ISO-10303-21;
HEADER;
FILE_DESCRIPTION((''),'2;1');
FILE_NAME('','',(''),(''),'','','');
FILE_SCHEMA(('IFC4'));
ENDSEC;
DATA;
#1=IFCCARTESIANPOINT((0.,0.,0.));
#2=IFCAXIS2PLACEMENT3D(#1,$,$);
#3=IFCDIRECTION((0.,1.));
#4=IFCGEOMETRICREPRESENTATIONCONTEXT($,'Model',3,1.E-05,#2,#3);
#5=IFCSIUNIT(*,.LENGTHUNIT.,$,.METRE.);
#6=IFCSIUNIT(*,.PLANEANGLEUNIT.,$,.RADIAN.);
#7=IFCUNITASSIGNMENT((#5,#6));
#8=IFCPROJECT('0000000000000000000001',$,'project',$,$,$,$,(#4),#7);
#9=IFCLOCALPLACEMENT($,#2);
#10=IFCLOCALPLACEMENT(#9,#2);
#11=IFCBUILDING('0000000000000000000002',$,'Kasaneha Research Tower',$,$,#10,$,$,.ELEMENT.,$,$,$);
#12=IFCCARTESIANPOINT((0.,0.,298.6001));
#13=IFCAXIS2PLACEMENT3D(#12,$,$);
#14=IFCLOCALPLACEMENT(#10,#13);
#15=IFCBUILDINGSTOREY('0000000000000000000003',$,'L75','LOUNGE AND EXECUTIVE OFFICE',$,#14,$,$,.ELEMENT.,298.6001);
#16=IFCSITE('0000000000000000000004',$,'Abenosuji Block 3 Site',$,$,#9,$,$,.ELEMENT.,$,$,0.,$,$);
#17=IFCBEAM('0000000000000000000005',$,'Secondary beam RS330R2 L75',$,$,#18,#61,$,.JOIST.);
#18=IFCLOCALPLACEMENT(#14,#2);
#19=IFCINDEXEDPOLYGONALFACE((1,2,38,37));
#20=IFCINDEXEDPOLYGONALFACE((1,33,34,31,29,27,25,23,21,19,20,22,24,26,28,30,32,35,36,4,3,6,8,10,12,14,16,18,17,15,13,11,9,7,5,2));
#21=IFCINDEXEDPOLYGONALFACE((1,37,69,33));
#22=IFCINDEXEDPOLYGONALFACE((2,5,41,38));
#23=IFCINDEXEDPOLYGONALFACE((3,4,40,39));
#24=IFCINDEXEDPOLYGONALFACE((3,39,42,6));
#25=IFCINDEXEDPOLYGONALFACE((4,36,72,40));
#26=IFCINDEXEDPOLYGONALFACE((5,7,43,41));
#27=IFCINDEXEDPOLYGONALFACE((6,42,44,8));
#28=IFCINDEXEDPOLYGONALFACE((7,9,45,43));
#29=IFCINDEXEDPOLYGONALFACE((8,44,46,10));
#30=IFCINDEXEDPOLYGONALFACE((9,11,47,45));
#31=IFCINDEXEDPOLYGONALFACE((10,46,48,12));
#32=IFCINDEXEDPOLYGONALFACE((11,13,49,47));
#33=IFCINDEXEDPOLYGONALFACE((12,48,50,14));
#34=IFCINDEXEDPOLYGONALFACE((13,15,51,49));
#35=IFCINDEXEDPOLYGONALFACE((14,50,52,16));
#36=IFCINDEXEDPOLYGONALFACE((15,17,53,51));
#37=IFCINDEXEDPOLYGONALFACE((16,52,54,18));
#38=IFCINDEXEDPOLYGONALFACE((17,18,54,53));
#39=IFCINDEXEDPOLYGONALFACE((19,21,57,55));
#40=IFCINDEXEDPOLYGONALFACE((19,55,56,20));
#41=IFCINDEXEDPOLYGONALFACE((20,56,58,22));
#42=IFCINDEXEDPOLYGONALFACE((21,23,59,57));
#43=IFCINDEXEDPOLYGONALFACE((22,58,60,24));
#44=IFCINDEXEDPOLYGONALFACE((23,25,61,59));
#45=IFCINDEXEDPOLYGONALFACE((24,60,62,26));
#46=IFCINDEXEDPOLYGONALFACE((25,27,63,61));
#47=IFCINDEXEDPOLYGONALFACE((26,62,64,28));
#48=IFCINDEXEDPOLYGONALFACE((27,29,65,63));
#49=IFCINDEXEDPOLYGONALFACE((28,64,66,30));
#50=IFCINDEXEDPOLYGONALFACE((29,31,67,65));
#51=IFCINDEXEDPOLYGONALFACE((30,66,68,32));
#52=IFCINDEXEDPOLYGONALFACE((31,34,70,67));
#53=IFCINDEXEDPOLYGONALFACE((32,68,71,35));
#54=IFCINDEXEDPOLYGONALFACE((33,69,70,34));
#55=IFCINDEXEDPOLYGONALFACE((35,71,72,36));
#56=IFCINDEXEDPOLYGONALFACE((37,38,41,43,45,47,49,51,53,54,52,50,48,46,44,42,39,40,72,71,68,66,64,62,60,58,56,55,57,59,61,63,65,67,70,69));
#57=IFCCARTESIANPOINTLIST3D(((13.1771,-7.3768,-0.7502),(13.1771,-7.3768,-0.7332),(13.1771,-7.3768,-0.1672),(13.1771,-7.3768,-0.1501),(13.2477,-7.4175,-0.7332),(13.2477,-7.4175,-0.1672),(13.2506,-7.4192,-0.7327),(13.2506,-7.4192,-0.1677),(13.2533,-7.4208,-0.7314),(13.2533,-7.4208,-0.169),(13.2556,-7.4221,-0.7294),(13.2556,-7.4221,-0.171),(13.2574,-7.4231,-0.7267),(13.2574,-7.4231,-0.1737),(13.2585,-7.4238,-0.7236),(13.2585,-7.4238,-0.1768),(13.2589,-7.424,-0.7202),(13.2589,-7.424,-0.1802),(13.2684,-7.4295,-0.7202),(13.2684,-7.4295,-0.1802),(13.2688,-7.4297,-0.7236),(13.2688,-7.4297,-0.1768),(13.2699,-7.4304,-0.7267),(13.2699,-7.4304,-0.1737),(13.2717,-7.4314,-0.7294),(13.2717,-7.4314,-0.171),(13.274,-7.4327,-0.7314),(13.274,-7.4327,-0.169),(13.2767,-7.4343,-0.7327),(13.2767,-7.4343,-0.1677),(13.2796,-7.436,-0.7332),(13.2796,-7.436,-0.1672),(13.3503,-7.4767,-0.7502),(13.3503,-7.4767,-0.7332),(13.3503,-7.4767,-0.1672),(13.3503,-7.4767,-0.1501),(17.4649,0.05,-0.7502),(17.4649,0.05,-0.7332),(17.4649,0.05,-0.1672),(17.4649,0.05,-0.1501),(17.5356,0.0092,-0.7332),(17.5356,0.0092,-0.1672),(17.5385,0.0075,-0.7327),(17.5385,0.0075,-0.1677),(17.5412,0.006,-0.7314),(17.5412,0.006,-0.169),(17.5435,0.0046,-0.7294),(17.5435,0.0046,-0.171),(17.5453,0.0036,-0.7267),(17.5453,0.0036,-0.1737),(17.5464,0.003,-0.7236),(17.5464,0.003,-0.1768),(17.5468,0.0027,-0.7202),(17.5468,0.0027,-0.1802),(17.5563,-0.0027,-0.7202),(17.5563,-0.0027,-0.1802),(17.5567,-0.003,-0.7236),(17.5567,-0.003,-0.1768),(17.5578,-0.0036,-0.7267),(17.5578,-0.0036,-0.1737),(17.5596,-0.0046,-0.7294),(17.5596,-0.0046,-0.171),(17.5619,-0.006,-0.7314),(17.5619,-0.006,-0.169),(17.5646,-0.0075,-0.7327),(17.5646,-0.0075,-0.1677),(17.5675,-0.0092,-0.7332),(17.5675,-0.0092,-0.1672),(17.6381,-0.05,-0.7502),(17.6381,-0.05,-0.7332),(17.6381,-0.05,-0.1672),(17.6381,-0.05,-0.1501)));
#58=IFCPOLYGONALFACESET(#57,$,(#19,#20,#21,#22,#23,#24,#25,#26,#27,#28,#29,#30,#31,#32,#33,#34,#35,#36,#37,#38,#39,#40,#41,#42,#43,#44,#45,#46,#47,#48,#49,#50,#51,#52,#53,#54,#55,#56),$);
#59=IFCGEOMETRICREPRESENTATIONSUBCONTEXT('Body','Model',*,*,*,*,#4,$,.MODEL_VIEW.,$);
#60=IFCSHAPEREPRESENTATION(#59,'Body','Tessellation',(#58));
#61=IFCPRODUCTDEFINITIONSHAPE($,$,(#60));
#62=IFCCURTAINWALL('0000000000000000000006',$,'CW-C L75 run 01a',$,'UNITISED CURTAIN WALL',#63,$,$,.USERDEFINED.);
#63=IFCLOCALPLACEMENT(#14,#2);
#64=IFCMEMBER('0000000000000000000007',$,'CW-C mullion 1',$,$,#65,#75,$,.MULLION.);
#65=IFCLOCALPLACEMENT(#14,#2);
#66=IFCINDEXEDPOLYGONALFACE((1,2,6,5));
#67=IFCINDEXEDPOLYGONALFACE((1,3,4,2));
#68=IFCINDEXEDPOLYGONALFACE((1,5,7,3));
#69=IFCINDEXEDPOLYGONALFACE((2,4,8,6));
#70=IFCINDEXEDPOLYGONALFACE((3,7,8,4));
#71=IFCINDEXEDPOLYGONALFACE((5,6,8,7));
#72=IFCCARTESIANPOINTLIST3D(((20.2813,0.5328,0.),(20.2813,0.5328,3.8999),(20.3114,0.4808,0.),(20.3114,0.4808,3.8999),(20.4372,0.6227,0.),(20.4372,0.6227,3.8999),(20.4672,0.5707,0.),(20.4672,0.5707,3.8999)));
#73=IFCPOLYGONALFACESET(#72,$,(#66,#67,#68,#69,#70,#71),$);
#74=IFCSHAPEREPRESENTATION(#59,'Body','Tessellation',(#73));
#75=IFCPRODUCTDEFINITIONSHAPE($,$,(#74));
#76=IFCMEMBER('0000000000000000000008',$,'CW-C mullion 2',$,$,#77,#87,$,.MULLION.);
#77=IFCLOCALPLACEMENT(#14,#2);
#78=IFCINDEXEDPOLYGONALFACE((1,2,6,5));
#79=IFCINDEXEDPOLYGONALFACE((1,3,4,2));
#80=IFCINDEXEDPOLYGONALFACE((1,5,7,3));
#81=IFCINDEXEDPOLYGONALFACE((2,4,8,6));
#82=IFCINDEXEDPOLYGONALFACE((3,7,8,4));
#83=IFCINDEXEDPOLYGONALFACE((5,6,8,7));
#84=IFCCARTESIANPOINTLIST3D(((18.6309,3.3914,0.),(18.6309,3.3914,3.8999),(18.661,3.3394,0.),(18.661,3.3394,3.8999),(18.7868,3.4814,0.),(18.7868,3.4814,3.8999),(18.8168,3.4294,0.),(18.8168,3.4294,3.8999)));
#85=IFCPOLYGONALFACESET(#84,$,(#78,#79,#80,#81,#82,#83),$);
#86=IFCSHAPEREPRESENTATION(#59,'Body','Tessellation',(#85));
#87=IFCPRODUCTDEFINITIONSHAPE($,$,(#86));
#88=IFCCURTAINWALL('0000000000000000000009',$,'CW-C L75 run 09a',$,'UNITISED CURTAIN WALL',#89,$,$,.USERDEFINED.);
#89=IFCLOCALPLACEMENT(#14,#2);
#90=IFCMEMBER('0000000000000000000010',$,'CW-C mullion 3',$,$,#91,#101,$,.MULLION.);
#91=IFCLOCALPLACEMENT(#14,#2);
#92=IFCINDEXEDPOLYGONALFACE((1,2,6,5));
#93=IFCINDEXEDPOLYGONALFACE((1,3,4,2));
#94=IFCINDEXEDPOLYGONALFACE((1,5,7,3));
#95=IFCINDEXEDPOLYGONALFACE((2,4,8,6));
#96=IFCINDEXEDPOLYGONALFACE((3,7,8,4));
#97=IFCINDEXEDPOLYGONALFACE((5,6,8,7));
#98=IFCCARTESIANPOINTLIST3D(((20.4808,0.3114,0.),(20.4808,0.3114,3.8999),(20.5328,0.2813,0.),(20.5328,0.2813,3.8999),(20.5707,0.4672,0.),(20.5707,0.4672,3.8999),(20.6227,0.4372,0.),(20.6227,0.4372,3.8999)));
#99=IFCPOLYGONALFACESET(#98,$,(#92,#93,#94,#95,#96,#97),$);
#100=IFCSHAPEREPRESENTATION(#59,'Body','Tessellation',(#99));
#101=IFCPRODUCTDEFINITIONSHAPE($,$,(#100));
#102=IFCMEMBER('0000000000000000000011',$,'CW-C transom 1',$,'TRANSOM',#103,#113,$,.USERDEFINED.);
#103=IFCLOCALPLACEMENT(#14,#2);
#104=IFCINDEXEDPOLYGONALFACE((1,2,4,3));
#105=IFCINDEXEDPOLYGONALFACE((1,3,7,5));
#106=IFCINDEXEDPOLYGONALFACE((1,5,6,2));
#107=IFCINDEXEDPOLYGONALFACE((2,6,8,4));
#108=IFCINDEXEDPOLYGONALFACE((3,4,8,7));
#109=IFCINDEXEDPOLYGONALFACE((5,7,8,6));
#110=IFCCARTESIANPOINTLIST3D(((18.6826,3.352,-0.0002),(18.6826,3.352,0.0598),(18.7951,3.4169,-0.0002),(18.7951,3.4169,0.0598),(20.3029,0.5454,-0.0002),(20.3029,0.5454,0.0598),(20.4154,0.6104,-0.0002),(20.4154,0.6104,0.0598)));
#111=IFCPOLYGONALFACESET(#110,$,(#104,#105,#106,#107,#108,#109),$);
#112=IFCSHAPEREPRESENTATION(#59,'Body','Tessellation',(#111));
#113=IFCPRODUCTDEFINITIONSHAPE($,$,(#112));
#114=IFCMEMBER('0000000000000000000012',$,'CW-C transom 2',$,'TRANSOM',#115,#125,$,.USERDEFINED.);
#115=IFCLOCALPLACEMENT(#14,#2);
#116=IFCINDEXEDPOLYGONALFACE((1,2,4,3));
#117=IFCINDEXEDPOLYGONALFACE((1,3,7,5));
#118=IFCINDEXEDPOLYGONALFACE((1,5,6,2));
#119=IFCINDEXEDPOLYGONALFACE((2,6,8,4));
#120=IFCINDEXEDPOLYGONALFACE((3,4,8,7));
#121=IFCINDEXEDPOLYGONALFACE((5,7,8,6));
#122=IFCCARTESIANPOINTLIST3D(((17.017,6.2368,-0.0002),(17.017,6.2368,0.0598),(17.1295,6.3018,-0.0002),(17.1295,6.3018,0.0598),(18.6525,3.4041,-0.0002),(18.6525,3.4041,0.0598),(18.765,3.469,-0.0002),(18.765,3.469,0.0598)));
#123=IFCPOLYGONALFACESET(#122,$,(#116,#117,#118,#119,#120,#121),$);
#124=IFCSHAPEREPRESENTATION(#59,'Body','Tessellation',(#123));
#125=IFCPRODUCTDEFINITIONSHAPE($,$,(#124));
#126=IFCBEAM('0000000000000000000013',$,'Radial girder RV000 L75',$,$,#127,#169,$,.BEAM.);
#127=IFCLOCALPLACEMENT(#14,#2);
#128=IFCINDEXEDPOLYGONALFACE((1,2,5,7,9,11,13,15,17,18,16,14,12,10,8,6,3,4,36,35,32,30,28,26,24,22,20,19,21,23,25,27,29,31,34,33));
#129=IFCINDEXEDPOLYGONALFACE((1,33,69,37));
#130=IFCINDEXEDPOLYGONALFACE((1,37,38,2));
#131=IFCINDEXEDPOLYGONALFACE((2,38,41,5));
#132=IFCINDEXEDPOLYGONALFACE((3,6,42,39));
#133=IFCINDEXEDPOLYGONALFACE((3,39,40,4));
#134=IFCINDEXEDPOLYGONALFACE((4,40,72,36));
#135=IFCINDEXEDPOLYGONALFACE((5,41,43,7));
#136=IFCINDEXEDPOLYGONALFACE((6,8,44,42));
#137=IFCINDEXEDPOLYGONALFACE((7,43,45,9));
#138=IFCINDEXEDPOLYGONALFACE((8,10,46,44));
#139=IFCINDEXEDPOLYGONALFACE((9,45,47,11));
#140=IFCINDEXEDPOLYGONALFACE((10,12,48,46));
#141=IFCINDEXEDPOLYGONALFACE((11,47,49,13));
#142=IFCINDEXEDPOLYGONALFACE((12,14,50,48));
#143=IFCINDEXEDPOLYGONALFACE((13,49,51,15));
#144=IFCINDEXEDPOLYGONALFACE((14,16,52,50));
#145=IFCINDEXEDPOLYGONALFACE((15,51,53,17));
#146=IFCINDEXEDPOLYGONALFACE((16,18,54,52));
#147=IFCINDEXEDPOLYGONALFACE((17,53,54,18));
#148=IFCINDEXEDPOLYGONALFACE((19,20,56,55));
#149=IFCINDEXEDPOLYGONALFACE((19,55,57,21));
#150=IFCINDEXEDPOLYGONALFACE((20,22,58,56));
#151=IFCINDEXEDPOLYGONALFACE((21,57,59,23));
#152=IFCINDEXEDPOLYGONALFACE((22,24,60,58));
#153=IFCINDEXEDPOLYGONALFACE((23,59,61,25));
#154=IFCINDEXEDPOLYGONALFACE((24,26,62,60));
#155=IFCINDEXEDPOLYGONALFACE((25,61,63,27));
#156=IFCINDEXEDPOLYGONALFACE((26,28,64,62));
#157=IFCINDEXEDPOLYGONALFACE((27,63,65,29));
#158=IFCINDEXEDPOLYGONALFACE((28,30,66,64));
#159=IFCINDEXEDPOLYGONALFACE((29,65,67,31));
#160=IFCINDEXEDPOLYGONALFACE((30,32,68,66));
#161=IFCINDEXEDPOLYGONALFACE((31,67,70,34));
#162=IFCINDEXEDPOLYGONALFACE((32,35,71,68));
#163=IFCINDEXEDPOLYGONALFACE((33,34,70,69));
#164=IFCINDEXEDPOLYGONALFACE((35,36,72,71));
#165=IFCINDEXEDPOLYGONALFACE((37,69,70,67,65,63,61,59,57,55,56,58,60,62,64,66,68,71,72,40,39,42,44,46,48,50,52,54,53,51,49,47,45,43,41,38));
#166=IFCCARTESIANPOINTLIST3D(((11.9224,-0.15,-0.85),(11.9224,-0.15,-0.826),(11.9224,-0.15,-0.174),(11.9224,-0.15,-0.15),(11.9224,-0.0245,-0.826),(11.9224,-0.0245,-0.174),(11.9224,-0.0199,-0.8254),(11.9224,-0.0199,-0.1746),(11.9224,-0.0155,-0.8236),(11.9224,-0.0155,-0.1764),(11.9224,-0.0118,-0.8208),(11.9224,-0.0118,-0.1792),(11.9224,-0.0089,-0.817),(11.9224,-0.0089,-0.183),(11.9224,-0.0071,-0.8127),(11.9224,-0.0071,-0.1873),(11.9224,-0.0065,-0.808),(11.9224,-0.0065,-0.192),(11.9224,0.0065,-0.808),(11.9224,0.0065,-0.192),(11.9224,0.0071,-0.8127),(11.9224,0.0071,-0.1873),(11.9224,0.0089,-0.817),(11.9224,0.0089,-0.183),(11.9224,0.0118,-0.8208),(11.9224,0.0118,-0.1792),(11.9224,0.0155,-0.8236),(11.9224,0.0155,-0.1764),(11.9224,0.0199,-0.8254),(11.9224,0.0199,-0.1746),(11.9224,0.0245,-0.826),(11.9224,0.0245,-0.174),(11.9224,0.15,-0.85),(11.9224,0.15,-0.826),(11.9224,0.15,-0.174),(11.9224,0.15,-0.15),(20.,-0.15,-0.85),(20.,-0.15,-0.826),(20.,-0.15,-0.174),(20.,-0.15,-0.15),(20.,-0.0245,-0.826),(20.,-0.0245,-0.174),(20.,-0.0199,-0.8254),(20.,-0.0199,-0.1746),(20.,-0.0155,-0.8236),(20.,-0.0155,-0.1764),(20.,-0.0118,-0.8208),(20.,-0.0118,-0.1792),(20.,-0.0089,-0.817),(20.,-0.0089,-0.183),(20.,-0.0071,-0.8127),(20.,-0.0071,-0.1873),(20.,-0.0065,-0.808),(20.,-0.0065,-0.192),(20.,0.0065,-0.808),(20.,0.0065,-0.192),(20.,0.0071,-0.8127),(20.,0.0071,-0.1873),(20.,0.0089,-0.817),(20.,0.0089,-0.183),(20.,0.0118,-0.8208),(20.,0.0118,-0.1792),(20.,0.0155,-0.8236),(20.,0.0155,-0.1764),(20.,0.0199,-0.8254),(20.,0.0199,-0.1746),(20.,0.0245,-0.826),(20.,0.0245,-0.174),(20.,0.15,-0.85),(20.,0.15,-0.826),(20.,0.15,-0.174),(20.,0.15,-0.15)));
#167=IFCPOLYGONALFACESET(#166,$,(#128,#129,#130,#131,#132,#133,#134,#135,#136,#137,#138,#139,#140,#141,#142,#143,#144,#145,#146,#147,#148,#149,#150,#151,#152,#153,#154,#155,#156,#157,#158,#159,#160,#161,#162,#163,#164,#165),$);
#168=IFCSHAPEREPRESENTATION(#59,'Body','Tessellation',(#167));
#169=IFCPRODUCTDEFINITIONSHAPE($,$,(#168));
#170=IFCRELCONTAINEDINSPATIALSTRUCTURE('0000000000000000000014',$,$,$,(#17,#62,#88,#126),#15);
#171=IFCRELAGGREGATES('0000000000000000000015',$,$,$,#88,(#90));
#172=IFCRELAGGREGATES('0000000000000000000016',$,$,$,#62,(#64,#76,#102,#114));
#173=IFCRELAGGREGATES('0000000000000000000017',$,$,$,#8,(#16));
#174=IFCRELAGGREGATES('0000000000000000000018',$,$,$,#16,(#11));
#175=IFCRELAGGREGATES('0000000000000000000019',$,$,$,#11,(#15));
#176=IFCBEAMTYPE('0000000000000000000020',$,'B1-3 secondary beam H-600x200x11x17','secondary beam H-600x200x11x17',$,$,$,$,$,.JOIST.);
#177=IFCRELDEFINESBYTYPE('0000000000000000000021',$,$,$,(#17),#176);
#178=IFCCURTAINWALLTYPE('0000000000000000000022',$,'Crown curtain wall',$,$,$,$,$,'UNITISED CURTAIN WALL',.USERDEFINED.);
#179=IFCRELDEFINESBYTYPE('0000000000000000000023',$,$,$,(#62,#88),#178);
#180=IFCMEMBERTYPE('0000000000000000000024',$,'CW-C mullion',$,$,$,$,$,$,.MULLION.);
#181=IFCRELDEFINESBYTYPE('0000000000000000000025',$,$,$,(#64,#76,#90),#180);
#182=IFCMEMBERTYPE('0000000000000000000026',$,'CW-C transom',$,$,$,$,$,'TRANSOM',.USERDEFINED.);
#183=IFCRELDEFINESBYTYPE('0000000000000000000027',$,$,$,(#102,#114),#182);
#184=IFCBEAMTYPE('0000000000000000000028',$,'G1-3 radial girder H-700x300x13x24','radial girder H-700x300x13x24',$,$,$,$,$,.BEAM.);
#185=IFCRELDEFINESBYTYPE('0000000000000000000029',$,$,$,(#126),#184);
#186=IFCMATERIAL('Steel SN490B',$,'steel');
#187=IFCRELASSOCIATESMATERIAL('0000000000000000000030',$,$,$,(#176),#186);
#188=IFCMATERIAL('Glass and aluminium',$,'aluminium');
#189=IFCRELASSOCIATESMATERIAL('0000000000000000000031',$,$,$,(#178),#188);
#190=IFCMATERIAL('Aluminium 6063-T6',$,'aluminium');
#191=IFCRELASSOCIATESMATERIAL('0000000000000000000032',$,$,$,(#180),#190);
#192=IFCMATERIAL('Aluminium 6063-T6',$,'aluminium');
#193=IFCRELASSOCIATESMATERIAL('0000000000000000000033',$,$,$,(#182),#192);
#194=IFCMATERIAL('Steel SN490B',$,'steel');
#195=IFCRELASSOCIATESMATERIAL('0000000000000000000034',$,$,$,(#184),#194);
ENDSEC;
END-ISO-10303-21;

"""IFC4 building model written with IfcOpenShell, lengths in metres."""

from ifc_helpers import new_model, si_unit, direction, frame, origin, origin_2d, place, context, subcontext, project, spatial, rectangle, i_section, extrude, material, material_profile, profile_set, type_object, element, aggregate, save


model = new_model("IFC4")

# Units and contexts
model_context = context("Model", 3, precision=1e-05, world=origin(), true_north=direction((0.0, 1.0)))
body_context = subcontext(model_context, "Body", "Model", "MODEL_VIEW")
ifc_project = project(units=[si_unit("LENGTHUNIT", "METRE"), si_unit("PLANEANGLEUNIT", "RADIAN")], contexts=[model_context])

# Site, building, storey
site_placement = place(None, origin())
site = spatial("IfcSite", under=ifc_project, at=site_placement, Name="Abenosuji Block 3 Site", CompositionType="ELEMENT", RefElevation=0.0)
building_placement = place(site_placement, origin())
building = spatial("IfcBuilding", under=site, at=building_placement, Name="Kasaneha Research Tower", CompositionType="ELEMENT")
storey_placement = place(building_placement, frame((0.0, 0.0, 298.6001)))
storey = spatial("IfcBuildingStorey", under=building, at=storey_placement, Name="L75", Description="LOUNGE AND EXECUTIVE OFFICE", CompositionType="ELEMENT", Elevation=298.6001)

# Beam
ifc_material_1 = material(Name="Steel SN490B", Category="steel")
ifc_material_profile_1 = material_profile(ifc_material_1, i_section(OverallWidth=0.2, OverallDepth=0.6001, WebThickness=0.011, FlangeThickness=0.0171, FilletRadius=0.0129, at=origin_2d()), Name="H-600x200x11x17")
ifc_profile_set_1 = profile_set([ifc_material_profile_1], Name="Steel SN490B")
beam_type_1 = type_object("IfcBeamType", Name="B1-3 secondary beam H-600x200x11x17", Description="secondary beam H-600x200x11x17", PredefinedType="JOIST", material=ifc_profile_set_1)
beam_1_placement = place(storey_placement, frame((17.5515, 0.0, -0.4502), z_axis=(-0.5, -0.866025, 0.0), x_axis=(0.866025, -0.5, 0.0)))
element("IfcBeam", 1, at=beam_1_placement, inside=storey, type_object=beam_type_1, Name="Secondary beam RS330R2 L75", PredefinedType="JOIST", context=body_context, shape_type="SweptSolid", body=[
    extrude(i_section(OverallWidth=0.2, OverallDepth=0.6001, WebThickness=0.011, FlangeThickness=0.0171, FilletRadius=0.0129, at=origin_2d()), origin(), (0.0, 0.0, 1.0), 8.5757),
])

# Curtain wall, members
ifc_material_2 = material(Name="Glass and aluminium", Category="aluminium")
curtain_wall_type = type_object("IfcCurtainWallType", Name="Crown curtain wall", ElementType="UNITISED CURTAIN WALL", PredefinedType="USERDEFINED", material=ifc_material_2)
curtain_wall_1_placement = place(storey_placement, origin())
curtain_wall_1 = element("IfcCurtainWall", 2, at=curtain_wall_1_placement, inside=storey, type_object=curtain_wall_type, Name="CW-C L75 run 01a", ObjectType="UNITISED CURTAIN WALL", PredefinedType="USERDEFINED")
ifc_material_3 = material(Name="Aluminium 6063-T6", Category="aluminium")
ifc_material_profile_2 = material_profile(ifc_material_3, rectangle(XDim=0.0601, YDim=0.1799, at=origin_2d()), Name="CW-C mullion 60x180")
ifc_profile_set_2 = profile_set([ifc_material_profile_2], Name="Aluminium 6063-T6")
member_type_1 = type_object("IfcMemberType", Name="CW-C mullion", PredefinedType="MULLION", material=ifc_profile_set_2)
member_1_placement = place(storey_placement, frame((20.3743, 0.5518, 0.0), z_axis=(0.0, 0.0, 1.0), x_axis=(-0.5, 0.866025, 0.0)))
member_1 = element("IfcMember", 3, at=member_1_placement, type_object=member_type_1, Name="CW-C mullion 1", PredefinedType="MULLION", context=body_context, shape_type="SweptSolid", body=[
    extrude(rectangle(XDim=0.0601, YDim=0.1799, at=origin_2d()), origin(), (0.0, 0.0, 1.0), 3.8999),
])
member_2_placement = place(storey_placement, frame((18.7239, 3.4104, 0.0), z_axis=(0.0, 0.0, 1.0), x_axis=(-0.5, 0.866025, 0.0)))
member_2 = element("IfcMember", 4, at=member_2_placement, type_object=member_type_1, Name="CW-C mullion 2", PredefinedType="MULLION", context=body_context, shape_type="SweptSolid", body=[
    extrude(rectangle(XDim=0.0601, YDim=0.1799, at=origin_2d()), origin(), (0.0, 0.0, 1.0), 3.8999),
])

# Curtain wall, member
curtain_wall_2_placement = place(storey_placement, origin())
curtain_wall_2 = element("IfcCurtainWall", 5, at=curtain_wall_2_placement, inside=storey, type_object=curtain_wall_type, Name="CW-C L75 run 09a", ObjectType="UNITISED CURTAIN WALL", PredefinedType="USERDEFINED")
member_3_placement = place(storey_placement, frame((20.5518, 0.3743, 0.0), z_axis=(0.0, 0.0, 1.0), x_axis=(-0.866025, 0.5, 0.0)))
member_3 = element("IfcMember", 6, at=member_3_placement, type_object=member_type_1, Name="CW-C mullion 3", PredefinedType="MULLION", context=body_context, shape_type="SweptSolid", body=[
    extrude(rectangle(XDim=0.0601, YDim=0.1799, at=origin_2d()), origin(), (0.0, 0.0, 1.0), 3.8999),
])
aggregate(curtain_wall_2, [member_3])

# Members
ifc_material_4 = material(Name="Aluminium 6063-T6", Category="aluminium")
ifc_material_profile_3 = material_profile(ifc_material_4, rectangle(XDim=0.1299, YDim=0.0601, at=origin_2d()), Name="CW-C transom 130x60")
ifc_profile_set_3 = profile_set([ifc_material_profile_3], Name="Aluminium 6063-T6")
member_type_2 = type_object("IfcMemberType", Name="CW-C transom", ElementType="TRANSOM", PredefinedType="USERDEFINED", material=ifc_profile_set_3)
member_4_placement = place(storey_placement, frame((20.3591, 0.5779, 0.0298), z_axis=(-0.499988, 0.866033, 0.0), x_axis=(-0.866033, -0.499988, 0.0)))
member_4 = element("IfcMember", 7, at=member_4_placement, type_object=member_type_2, Name="CW-C transom 1", ObjectType="TRANSOM", PredefinedType="USERDEFINED", context=body_context, shape_type="SweptSolid", body=[
    extrude(rectangle(XDim=0.1299, YDim=0.0601, at=origin_2d()), origin(), (0.0, 0.0, 1.0), 3.2407),
])
member_5_placement = place(storey_placement, frame((18.7087, 3.4365, 0.0298), z_axis=(-0.5, 0.866025, 0.0), x_axis=(-0.866025, -0.5, 0.0)))
member_5 = element("IfcMember", 8, at=member_5_placement, type_object=member_type_2, Name="CW-C transom 2", ObjectType="TRANSOM", PredefinedType="USERDEFINED", context=body_context, shape_type="SweptSolid", body=[
    extrude(rectangle(XDim=0.1299, YDim=0.0601, at=origin_2d()), origin(), (0.0, 0.0, 1.0), 3.271),
])

# Beam
ifc_material_5 = material(Name="Steel SN490B", Category="steel")
ifc_material_profile_4 = material_profile(ifc_material_5, i_section(OverallWidth=0.3, OverallDepth=0.7, WebThickness=0.0129, FlangeThickness=0.0239, FilletRadius=0.0181, at=origin_2d()), Name="H-700x300x13x24")
ifc_profile_set_4 = profile_set([ifc_material_profile_4], Name="Steel SN490B")
beam_type_2 = type_object("IfcBeamType", Name="G1-3 radial girder H-700x300x13x24", Description="radial girder H-700x300x13x24", PredefinedType="BEAM", material=ifc_profile_set_4)
beam_2_placement = place(storey_placement, frame((11.9224, 0.0, -0.5), z_axis=(1.0, 0.0, 0.0), x_axis=(0.0, 1.0, 0.0)))
element("IfcBeam", 9, at=beam_2_placement, inside=storey, type_object=beam_type_2, Name="Radial girder RV000 L75", PredefinedType="BEAM", context=body_context, shape_type="SweptSolid", body=[
    extrude(i_section(OverallWidth=0.3, OverallDepth=0.7, WebThickness=0.0129, FlangeThickness=0.0239, FilletRadius=0.0181, at=origin_2d()), origin(), (0.0, 0.0, 1.0), 8.0776),
])

aggregate(curtain_wall_1, [member_1, member_2, member_4, member_5])

save(model, "model.ifc")
